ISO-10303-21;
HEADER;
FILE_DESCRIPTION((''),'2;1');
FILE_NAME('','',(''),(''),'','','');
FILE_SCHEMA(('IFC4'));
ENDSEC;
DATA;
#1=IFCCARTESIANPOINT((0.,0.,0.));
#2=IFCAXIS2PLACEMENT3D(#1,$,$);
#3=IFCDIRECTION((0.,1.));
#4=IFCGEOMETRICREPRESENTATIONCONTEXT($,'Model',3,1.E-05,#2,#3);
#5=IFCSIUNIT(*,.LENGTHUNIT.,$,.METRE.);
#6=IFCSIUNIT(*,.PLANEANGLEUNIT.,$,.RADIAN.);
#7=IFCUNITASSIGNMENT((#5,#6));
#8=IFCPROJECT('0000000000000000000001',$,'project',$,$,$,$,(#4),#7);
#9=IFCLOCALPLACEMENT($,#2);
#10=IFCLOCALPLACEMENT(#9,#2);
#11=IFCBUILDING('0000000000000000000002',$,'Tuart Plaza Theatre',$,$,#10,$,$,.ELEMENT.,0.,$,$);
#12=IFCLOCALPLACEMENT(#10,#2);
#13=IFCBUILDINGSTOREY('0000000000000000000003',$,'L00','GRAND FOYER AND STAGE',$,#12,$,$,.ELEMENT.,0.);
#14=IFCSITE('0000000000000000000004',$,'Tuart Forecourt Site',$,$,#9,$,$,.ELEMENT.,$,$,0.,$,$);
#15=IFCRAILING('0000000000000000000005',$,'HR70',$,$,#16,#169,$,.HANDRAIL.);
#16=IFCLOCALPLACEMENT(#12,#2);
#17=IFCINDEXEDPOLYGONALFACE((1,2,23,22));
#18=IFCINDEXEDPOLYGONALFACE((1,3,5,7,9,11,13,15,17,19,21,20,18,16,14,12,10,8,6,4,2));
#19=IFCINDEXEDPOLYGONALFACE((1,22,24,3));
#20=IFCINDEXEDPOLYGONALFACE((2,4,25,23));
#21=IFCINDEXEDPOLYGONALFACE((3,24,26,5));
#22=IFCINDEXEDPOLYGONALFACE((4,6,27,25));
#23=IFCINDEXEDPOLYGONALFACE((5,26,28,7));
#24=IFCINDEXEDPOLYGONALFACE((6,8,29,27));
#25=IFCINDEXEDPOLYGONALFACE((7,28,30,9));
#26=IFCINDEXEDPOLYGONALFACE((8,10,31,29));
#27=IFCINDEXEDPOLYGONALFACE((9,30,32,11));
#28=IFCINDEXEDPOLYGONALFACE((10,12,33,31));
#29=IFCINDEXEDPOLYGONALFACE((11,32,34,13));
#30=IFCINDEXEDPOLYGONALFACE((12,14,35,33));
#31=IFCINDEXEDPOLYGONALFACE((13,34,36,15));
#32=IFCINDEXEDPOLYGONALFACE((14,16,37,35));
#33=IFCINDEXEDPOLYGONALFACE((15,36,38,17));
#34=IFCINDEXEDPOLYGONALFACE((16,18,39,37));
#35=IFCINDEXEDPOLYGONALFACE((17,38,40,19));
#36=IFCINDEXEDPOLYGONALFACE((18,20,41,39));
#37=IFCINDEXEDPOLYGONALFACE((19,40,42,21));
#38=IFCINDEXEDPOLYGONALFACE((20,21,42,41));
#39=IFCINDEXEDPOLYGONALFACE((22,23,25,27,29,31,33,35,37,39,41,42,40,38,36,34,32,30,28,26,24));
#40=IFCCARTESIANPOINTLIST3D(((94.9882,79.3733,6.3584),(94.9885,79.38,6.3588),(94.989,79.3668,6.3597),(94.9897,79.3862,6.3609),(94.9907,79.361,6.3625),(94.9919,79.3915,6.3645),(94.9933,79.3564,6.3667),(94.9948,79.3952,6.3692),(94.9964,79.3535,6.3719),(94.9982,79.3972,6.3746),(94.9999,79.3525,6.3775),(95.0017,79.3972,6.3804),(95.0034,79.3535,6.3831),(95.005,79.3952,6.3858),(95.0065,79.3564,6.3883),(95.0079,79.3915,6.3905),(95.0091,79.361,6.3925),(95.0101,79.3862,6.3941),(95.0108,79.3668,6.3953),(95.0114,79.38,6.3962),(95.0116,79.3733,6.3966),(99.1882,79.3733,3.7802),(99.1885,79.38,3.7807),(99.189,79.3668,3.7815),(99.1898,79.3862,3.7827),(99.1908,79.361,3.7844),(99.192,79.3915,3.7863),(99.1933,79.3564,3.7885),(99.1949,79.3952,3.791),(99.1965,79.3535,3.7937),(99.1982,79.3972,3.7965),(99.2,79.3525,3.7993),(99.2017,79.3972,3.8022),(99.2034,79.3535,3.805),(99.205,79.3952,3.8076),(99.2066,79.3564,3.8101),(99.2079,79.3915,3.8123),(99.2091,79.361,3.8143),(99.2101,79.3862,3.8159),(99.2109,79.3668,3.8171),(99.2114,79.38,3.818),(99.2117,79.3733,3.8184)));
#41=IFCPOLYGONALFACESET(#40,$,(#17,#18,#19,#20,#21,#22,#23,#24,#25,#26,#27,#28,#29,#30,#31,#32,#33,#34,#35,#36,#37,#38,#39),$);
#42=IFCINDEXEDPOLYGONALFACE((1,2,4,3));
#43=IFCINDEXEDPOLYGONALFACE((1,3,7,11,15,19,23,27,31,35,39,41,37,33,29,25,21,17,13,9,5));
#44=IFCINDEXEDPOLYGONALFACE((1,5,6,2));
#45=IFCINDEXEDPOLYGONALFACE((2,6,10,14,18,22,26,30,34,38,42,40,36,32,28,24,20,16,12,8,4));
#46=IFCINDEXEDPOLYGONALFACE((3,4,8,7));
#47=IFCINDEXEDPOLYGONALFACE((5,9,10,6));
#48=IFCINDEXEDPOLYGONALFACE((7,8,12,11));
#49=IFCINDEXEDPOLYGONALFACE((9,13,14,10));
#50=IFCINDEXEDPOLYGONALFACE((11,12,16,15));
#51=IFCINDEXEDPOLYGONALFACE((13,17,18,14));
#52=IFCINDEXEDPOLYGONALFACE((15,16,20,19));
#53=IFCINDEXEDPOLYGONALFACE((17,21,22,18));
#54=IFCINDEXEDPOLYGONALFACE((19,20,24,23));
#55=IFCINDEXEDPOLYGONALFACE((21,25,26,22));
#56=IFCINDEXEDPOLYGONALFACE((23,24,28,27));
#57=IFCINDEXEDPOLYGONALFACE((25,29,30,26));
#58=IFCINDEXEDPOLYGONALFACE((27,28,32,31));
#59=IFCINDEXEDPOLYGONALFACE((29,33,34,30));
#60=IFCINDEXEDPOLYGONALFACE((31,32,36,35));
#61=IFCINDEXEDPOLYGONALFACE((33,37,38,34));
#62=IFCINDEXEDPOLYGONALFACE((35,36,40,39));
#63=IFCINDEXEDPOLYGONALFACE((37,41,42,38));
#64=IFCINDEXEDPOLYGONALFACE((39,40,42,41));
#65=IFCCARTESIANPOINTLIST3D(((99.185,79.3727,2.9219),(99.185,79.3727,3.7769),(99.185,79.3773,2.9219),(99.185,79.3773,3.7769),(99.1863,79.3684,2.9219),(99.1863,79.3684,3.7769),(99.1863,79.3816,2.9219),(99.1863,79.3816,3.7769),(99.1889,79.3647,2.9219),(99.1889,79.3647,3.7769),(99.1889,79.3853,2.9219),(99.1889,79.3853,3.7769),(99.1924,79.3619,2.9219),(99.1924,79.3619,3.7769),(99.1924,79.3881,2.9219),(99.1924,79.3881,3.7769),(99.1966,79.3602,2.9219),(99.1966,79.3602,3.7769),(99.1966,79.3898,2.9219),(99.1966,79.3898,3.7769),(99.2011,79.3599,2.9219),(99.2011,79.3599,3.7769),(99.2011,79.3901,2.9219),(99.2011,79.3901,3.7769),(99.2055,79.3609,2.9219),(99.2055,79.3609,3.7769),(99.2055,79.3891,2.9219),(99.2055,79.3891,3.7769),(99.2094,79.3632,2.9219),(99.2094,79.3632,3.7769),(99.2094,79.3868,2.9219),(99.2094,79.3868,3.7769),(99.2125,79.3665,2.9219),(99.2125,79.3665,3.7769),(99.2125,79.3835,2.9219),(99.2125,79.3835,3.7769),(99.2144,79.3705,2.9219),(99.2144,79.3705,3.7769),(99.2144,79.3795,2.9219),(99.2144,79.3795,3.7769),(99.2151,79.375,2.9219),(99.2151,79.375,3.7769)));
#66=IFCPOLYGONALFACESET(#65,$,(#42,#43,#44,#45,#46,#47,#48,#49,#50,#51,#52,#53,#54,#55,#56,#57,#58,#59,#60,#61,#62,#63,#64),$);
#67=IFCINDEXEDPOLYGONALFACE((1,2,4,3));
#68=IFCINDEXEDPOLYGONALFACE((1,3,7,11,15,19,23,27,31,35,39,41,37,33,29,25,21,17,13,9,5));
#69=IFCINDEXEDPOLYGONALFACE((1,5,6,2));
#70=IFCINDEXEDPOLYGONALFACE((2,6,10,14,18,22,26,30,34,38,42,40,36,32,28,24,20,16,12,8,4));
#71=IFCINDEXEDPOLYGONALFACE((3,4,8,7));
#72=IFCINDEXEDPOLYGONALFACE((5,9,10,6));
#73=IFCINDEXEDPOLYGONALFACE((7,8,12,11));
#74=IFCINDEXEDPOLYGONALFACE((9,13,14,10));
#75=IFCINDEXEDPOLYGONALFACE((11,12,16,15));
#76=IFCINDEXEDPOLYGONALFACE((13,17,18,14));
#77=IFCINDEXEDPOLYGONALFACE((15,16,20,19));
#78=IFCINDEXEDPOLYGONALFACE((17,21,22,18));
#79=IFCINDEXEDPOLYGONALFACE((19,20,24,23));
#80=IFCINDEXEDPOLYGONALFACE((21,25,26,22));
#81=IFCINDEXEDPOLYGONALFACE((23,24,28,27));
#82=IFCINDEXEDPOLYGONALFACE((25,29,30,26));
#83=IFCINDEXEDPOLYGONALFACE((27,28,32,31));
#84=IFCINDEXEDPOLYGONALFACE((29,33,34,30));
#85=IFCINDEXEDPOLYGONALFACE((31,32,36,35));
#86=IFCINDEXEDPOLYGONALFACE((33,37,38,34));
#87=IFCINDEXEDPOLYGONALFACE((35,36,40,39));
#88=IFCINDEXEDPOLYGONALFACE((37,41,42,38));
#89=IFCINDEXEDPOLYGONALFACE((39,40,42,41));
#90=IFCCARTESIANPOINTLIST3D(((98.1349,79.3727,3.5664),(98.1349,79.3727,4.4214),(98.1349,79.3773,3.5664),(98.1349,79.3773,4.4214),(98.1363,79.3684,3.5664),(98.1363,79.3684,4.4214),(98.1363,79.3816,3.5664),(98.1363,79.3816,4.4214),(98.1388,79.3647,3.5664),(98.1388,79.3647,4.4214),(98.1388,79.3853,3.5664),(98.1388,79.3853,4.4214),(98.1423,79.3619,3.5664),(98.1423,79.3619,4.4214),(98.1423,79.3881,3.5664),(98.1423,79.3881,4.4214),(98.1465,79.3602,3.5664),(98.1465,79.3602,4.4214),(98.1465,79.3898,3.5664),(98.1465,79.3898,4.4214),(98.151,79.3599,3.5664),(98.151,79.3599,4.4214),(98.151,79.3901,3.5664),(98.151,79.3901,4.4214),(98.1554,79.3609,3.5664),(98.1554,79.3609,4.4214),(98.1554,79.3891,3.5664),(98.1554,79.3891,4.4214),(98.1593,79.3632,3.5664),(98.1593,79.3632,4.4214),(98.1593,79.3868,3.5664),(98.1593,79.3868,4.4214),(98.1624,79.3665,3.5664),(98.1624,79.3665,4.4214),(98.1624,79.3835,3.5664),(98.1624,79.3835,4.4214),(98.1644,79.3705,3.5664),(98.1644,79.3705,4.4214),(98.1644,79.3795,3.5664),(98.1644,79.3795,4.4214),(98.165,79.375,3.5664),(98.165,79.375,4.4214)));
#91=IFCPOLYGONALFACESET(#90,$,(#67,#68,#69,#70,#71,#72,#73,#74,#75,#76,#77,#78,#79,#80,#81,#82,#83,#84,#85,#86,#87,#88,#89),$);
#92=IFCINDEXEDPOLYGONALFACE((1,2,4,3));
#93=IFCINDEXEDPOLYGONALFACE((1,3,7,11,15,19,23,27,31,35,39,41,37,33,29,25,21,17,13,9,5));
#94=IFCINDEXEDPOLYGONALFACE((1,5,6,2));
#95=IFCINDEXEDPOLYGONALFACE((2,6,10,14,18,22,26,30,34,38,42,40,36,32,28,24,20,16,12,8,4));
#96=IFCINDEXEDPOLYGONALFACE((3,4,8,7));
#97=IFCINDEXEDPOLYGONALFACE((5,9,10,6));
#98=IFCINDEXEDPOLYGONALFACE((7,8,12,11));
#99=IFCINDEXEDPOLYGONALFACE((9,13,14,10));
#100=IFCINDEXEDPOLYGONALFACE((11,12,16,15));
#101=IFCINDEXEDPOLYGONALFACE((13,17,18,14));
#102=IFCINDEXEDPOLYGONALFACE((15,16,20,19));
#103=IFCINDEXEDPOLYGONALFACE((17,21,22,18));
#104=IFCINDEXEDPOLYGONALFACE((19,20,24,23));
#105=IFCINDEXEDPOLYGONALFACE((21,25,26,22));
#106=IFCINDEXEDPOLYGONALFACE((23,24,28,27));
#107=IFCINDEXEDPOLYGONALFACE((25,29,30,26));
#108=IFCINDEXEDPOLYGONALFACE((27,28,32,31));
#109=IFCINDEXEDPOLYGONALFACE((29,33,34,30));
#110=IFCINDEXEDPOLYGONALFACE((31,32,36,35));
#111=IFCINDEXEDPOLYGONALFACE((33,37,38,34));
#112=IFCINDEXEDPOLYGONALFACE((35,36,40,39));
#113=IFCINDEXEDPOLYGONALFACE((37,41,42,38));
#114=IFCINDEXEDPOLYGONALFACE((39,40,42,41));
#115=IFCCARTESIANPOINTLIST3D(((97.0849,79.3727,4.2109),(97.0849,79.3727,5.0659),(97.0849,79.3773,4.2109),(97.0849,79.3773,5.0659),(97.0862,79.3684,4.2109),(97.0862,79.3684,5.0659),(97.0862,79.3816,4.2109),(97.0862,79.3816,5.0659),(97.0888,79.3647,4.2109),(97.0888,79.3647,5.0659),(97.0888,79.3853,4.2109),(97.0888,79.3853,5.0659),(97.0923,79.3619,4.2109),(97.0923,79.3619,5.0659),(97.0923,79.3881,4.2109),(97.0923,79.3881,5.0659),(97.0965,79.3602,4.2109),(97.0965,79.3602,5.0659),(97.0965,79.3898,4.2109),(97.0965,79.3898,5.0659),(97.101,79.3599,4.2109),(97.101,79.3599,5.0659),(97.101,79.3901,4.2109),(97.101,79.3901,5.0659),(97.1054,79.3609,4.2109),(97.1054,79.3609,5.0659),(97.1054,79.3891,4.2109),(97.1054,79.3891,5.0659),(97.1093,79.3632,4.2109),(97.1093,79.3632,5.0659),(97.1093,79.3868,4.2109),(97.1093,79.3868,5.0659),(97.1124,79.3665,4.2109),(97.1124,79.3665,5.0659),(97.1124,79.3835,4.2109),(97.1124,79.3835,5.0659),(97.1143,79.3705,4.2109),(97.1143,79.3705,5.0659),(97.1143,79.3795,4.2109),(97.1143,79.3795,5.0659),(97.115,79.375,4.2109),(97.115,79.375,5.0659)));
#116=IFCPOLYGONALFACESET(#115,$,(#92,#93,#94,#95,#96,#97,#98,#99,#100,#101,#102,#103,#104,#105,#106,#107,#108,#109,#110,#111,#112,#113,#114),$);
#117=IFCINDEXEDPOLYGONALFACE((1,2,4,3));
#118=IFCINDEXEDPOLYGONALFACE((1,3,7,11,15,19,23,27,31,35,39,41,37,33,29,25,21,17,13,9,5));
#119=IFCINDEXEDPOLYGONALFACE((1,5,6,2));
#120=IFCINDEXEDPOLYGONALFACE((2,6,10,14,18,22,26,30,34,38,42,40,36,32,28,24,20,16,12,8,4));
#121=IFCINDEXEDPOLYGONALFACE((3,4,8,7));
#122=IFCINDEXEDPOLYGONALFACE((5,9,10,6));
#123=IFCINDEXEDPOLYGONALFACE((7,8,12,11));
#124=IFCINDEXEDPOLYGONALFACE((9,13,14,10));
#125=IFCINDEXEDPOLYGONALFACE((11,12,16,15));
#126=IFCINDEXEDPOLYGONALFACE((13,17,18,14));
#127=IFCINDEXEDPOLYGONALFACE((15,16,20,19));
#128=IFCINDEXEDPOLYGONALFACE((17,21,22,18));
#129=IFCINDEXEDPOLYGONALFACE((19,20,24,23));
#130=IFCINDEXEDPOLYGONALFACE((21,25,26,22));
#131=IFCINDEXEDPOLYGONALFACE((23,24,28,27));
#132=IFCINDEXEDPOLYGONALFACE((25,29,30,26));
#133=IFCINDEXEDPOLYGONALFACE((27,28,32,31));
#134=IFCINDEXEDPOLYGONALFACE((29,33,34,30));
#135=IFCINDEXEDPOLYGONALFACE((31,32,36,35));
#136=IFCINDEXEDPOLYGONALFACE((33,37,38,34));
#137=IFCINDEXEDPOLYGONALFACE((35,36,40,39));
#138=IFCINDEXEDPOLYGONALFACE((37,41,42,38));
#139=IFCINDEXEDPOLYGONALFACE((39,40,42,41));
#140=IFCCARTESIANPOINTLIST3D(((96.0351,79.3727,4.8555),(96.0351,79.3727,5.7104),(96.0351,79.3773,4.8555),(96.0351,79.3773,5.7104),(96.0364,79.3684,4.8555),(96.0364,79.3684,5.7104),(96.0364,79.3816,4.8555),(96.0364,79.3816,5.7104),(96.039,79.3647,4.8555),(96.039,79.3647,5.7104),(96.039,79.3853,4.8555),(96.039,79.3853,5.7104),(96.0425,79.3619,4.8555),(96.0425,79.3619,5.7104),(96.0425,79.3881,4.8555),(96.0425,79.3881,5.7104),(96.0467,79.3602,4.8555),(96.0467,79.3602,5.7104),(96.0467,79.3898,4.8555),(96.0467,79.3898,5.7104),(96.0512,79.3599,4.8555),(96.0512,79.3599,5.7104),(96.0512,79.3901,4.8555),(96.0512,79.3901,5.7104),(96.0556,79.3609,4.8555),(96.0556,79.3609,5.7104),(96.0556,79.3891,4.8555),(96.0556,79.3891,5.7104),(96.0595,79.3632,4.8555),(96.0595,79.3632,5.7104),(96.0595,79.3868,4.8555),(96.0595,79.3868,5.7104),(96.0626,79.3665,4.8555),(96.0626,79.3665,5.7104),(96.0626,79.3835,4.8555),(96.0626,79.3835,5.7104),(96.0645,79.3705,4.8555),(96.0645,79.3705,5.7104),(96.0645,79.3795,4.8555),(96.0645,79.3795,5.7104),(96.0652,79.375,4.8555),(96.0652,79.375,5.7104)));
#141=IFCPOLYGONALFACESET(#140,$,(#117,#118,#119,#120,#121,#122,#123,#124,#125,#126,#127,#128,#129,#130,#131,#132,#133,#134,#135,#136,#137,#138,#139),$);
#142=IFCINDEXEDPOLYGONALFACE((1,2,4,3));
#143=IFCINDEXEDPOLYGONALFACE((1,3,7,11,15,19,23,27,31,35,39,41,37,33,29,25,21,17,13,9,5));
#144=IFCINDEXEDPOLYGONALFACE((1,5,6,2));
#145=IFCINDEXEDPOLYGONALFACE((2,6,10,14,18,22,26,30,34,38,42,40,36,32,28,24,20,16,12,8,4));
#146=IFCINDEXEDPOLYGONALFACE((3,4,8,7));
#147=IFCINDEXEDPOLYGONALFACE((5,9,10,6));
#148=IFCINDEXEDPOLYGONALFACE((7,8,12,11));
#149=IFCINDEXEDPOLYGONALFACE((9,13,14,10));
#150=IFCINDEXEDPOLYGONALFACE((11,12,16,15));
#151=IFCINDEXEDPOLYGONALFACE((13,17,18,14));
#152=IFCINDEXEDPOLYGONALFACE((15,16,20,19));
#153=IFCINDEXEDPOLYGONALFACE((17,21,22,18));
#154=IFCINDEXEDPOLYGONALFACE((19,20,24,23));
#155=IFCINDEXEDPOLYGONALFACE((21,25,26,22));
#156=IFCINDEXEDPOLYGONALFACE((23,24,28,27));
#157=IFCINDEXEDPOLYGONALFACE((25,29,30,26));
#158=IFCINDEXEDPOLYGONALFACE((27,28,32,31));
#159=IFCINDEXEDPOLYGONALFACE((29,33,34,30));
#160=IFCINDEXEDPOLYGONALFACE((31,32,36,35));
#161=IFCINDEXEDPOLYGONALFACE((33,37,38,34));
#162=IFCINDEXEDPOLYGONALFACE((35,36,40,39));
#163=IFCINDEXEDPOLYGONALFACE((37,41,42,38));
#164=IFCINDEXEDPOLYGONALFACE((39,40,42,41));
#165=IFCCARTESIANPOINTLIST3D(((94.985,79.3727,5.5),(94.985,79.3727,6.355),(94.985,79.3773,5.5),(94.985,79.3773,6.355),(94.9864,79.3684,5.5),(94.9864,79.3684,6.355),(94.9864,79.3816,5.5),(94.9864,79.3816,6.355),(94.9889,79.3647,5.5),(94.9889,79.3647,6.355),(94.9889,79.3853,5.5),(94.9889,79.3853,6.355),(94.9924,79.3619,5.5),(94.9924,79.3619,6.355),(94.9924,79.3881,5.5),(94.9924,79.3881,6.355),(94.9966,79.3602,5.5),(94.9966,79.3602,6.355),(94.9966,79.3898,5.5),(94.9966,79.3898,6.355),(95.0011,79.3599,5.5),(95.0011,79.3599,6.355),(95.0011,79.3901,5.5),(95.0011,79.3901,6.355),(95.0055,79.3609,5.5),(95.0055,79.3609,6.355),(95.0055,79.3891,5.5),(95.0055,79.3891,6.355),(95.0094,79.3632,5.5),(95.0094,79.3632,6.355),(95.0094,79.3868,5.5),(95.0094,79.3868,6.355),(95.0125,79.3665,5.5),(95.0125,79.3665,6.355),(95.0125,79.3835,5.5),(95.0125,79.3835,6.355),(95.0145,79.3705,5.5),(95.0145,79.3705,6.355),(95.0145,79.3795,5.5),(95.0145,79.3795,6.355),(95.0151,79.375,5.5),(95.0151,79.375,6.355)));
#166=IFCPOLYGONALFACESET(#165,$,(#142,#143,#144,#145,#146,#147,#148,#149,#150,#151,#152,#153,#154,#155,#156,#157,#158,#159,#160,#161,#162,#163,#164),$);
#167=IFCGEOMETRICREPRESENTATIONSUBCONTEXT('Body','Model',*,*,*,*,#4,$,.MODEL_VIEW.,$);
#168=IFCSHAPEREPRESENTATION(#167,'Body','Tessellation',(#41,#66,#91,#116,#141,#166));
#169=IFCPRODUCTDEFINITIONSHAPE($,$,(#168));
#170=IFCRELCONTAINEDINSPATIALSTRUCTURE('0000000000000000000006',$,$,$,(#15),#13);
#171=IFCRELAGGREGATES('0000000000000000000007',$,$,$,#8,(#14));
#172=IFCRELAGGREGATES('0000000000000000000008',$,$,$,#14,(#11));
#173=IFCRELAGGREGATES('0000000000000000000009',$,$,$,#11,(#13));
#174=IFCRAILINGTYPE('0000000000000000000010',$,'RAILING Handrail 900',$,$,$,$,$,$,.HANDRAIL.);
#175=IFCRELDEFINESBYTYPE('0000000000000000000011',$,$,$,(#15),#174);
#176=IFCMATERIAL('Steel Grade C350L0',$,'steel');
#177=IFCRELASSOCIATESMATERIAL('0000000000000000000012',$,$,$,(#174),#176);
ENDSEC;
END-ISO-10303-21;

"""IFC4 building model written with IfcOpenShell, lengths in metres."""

from ifc_helpers import new_model, si_unit, direction, frame, origin, origin_2d, place, context, subcontext, project, spatial, circle, extrude, material, type_object, element, save


model = new_model("IFC4")

# Units and contexts
model_context = context("Model", 3, precision=1e-05, world=origin(), true_north=direction((0.0, 1.0)))
body_context = subcontext(model_context, "Body", "Model", "MODEL_VIEW")
ifc_project = project(units=[si_unit("LENGTHUNIT", "METRE"), si_unit("PLANEANGLEUNIT", "RADIAN")], contexts=[model_context])

# Site, building, storey
site_placement = place(None, origin())
site = spatial("IfcSite", under=ifc_project, at=site_placement, Name="Tuart Forecourt Site", CompositionType="ELEMENT", RefElevation=0.0)
building_placement = place(site_placement, origin())
building = spatial("IfcBuilding", under=site, at=building_placement, Name="Tuart Plaza Theatre", CompositionType="ELEMENT", ElevationOfRefHeight=0.0)
storey_placement = place(building_placement, origin())
storey = spatial("IfcBuildingStorey", under=building, at=storey_placement, Name="L00", Description="GRAND FOYER AND STAGE", CompositionType="ELEMENT", Elevation=0.0)

# Railing
ifc_material_1 = material(Name="Steel Grade C350L0", Category="steel")
railing_type_1 = type_object("IfcRailingType", Name="RAILING Handrail 900", PredefinedType="HANDRAIL", material=ifc_material_1)
for number, where, name in (
    (1, (99.2, 79.375, 2.9219), "HR70"),
):
    element("IfcRailing", number, at=place(storey_placement, frame(where)), inside=storey, type_object=railing_type_1, Name=name, PredefinedType="HANDRAIL", context=body_context, shape_type="SweptSolid", body=[
        extrude(circle(Radius=0.0225, at=origin_2d()), frame((0.0, 0.0, 0.8774), z_axis=(-0.852243, 0.0, 0.523146), x_axis=(0.0, -1.0, 0.0)), (0.0, 0.0, 1.0), 4.9282),
        extrude(circle(Radius=0.0151, at=origin_2d()), origin(), (0.0, 0.0, 1.0), 0.855),
        extrude(circle(Radius=0.0151, at=origin_2d()), frame((-1.05, 0.0, 0.6445)), (0.0, 0.0, 1.0), 0.855),
        extrude(circle(Radius=0.0151, at=origin_2d()), frame((-2.1001, 0.0, 1.2891)), (0.0, 0.0, 1.0), 0.855),
        extrude(circle(Radius=0.0151, at=origin_2d()), frame((-3.1499, 0.0, 1.9336)), (0.0, 0.0, 1.0), 0.855),
        extrude(circle(Radius=0.0151, at=origin_2d()), frame((-4.2, 0.0, 2.5781)), (0.0, 0.0, 1.0), 0.855),
    ])

save(model, "model.ifc")
